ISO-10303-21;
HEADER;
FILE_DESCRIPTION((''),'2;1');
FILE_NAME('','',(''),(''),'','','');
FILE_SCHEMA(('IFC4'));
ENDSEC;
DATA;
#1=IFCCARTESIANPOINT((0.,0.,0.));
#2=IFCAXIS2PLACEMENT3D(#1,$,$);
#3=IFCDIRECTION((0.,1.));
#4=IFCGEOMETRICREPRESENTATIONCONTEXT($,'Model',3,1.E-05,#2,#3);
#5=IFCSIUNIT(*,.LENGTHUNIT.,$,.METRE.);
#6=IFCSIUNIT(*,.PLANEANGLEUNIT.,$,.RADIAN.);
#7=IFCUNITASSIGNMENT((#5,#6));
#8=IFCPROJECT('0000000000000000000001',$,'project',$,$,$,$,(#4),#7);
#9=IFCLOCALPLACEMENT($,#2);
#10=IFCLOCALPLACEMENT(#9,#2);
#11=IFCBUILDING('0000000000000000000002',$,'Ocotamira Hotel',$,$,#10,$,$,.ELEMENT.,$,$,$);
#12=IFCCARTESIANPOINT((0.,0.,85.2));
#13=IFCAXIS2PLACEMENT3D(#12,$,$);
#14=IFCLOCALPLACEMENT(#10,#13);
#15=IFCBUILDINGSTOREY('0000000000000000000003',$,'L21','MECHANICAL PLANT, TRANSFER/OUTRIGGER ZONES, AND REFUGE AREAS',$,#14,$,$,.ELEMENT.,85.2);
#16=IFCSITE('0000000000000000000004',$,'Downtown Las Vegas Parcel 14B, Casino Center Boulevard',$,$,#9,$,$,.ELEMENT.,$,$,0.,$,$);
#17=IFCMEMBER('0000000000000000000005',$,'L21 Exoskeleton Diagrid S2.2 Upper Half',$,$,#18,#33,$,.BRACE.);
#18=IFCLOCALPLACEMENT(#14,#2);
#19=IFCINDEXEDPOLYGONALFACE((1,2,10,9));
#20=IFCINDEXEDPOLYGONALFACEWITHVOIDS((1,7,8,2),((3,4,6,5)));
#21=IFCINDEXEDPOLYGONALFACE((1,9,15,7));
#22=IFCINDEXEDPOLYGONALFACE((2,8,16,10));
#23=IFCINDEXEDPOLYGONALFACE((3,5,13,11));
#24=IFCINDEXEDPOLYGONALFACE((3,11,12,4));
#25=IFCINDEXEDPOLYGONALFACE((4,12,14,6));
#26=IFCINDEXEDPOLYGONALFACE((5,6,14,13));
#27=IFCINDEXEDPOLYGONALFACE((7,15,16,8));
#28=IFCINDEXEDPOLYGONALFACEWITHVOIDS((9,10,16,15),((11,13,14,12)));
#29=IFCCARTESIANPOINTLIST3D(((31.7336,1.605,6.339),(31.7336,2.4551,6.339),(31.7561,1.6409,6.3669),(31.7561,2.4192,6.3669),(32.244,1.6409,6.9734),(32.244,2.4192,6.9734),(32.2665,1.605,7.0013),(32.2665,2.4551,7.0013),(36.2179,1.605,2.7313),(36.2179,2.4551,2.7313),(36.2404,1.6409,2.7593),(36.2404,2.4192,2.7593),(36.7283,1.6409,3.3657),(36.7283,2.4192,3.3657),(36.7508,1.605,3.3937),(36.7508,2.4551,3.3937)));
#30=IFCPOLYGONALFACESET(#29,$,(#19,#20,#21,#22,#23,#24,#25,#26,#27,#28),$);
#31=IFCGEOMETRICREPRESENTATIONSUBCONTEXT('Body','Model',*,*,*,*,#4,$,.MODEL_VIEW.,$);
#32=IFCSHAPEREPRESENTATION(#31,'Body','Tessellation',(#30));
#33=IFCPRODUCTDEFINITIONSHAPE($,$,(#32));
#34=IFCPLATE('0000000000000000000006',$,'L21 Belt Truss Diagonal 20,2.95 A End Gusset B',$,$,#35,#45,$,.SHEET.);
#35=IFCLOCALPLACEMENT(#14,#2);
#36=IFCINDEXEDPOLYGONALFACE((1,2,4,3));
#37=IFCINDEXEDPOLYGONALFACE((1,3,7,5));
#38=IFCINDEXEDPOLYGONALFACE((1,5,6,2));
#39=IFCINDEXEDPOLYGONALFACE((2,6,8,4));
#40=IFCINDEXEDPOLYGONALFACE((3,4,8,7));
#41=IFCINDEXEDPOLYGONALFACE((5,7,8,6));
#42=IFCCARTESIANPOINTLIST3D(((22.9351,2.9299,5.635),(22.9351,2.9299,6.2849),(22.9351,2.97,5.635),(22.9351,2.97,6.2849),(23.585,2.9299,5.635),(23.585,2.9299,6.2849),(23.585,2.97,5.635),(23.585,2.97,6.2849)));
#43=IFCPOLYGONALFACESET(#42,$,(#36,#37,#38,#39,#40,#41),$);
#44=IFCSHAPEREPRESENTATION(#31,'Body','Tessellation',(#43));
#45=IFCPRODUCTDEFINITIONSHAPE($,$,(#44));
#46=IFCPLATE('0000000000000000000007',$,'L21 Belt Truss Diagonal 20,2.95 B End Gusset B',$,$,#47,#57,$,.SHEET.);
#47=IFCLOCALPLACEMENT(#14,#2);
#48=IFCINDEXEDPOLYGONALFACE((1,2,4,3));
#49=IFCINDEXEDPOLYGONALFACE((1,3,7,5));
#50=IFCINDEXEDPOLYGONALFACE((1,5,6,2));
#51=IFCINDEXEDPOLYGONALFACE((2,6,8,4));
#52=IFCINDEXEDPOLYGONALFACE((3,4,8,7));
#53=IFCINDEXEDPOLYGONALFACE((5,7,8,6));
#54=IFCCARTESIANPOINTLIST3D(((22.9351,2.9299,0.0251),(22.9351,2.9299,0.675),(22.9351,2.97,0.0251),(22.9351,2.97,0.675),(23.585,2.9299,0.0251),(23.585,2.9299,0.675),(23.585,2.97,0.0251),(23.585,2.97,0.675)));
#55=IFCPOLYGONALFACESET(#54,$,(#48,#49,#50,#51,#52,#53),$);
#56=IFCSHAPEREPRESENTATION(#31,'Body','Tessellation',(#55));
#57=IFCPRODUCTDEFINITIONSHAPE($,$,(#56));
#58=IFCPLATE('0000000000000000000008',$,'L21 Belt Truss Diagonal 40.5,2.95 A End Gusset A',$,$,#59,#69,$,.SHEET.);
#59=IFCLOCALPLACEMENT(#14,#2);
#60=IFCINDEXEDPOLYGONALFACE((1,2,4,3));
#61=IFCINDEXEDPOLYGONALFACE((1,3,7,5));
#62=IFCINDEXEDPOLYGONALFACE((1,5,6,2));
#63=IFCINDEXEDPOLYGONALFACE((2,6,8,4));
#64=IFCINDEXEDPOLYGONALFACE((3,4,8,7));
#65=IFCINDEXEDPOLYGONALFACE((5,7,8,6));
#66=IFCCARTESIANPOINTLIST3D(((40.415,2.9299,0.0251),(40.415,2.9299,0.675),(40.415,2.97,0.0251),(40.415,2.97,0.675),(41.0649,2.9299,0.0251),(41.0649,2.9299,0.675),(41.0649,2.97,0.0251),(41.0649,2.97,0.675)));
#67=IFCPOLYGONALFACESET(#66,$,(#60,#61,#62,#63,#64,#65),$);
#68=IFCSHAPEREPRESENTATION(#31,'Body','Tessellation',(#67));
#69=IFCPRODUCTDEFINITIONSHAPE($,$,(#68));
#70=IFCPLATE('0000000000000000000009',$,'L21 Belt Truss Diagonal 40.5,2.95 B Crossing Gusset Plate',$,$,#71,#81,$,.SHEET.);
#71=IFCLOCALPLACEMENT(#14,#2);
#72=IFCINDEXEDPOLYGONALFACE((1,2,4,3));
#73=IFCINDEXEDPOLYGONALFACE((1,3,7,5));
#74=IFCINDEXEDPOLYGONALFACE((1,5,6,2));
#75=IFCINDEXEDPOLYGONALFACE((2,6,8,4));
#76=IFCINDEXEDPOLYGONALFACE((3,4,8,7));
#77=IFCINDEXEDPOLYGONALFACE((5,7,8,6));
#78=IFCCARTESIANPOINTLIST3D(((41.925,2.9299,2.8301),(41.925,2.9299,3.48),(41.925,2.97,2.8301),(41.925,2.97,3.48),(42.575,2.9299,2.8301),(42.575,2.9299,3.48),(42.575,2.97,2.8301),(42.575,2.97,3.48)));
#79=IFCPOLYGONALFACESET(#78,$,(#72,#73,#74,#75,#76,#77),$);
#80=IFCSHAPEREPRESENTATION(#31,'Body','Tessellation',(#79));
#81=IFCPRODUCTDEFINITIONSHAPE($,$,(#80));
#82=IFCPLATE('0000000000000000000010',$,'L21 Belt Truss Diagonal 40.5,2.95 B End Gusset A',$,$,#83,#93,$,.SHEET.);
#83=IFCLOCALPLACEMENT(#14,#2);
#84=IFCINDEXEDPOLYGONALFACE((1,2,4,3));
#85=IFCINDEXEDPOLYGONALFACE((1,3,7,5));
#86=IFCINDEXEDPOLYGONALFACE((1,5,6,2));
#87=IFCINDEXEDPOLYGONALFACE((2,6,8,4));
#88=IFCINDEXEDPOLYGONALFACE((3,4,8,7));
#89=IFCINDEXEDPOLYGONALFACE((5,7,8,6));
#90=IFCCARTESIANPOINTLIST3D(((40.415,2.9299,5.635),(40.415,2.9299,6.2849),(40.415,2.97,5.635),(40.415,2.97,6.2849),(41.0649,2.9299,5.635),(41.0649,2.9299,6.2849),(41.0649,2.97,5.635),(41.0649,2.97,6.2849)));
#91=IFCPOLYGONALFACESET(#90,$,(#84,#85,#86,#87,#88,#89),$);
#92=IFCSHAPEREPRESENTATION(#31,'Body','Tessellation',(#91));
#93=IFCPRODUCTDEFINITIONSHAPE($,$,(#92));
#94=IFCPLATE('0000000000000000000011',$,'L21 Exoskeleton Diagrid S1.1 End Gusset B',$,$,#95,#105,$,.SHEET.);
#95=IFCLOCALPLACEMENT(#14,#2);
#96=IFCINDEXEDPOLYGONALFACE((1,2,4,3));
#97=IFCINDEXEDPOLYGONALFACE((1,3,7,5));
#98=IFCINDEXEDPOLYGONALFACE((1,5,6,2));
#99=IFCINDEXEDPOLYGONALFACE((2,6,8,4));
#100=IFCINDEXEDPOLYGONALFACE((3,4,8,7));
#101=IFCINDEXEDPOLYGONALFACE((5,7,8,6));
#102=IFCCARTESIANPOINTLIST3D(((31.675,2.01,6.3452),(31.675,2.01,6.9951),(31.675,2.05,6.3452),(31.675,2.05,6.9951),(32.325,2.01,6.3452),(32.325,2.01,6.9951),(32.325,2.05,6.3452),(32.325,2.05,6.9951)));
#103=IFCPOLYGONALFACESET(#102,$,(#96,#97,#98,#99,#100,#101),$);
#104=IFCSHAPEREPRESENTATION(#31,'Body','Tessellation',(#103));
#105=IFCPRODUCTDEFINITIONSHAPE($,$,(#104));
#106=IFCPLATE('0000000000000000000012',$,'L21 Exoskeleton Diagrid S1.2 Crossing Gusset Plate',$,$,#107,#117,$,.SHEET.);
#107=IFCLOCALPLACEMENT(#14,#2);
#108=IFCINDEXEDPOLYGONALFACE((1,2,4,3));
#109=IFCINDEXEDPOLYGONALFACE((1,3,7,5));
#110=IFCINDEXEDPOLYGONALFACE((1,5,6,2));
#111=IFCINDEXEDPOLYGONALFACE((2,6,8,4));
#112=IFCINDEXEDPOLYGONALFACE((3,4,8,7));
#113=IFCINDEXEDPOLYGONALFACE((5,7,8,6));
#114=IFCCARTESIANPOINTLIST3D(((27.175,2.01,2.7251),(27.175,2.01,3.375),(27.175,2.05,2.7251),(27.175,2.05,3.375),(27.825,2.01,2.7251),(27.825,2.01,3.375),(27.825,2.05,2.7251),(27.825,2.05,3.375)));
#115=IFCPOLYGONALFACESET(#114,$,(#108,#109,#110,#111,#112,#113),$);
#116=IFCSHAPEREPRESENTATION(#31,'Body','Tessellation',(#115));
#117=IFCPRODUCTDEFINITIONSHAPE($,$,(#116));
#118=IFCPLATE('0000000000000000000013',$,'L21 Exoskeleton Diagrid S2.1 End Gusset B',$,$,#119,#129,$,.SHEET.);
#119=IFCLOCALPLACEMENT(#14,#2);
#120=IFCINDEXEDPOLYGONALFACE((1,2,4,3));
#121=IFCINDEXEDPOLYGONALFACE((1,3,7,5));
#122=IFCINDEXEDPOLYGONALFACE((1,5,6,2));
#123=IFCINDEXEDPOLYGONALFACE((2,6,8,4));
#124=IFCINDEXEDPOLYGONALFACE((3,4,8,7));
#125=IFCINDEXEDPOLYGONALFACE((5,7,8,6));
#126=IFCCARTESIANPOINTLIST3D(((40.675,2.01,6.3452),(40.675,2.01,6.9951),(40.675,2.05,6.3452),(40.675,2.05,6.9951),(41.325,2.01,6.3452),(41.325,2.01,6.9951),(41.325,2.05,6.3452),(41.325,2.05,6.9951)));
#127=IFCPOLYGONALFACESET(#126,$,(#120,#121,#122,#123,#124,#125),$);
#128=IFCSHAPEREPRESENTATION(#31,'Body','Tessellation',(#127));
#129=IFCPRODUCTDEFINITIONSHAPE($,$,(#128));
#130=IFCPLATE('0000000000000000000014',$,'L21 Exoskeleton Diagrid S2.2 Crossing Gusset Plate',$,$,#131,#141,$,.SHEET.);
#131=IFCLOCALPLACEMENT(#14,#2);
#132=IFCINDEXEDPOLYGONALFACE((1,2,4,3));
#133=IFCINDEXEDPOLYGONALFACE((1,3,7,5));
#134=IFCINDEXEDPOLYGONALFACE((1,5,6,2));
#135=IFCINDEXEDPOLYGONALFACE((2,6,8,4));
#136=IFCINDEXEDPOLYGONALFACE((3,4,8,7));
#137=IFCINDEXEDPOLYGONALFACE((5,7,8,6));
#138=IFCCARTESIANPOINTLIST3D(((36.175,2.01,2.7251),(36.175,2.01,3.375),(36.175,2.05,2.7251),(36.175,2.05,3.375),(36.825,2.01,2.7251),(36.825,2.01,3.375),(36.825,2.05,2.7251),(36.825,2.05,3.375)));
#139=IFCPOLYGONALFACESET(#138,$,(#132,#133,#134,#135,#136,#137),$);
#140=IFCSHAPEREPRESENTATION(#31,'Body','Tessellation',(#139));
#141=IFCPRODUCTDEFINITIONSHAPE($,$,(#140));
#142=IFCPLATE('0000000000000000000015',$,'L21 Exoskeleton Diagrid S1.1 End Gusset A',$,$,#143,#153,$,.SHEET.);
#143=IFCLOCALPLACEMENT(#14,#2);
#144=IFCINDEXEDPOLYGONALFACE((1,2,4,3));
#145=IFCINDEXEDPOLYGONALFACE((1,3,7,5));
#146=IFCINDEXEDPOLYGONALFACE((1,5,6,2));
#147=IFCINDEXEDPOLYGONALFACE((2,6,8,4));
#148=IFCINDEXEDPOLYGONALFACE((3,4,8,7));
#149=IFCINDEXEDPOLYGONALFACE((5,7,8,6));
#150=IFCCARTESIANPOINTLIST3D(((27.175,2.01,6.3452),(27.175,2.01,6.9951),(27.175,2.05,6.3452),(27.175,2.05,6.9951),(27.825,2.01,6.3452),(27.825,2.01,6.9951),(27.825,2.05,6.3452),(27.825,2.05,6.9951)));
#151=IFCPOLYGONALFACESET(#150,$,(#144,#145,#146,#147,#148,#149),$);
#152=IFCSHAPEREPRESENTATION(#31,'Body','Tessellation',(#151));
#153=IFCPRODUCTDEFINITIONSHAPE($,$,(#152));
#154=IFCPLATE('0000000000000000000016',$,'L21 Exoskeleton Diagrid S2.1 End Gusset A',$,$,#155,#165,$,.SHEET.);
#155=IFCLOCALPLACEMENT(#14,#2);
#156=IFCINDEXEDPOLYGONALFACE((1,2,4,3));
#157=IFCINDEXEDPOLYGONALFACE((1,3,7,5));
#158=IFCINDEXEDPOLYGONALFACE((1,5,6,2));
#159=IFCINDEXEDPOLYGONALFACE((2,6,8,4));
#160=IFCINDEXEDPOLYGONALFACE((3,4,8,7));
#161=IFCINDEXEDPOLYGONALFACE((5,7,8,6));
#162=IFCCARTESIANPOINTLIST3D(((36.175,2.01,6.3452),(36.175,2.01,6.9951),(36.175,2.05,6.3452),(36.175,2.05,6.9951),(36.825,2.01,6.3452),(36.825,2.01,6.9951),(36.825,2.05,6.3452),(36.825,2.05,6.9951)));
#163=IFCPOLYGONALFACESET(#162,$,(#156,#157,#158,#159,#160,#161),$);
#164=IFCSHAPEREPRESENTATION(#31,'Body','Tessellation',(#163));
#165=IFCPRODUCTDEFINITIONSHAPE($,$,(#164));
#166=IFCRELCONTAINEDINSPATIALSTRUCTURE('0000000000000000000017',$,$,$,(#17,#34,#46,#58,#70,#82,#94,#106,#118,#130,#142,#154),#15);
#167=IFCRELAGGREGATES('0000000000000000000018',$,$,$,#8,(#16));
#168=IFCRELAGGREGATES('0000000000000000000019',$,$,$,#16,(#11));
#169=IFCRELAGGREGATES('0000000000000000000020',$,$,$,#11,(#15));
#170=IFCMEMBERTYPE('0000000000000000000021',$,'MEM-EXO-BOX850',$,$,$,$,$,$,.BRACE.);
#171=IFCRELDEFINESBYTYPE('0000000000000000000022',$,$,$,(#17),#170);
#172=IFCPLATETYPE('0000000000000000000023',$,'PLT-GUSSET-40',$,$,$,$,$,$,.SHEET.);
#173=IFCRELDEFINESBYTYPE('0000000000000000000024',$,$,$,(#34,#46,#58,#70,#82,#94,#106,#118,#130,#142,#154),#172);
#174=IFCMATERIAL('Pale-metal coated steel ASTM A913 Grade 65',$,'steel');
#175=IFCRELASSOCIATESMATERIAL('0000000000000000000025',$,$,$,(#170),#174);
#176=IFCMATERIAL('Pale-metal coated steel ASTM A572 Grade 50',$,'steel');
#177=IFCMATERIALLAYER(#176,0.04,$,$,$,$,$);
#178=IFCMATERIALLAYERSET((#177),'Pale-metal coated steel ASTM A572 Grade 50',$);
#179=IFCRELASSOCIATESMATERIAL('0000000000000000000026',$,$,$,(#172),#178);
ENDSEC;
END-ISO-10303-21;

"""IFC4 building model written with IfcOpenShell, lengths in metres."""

from ifc_helpers import new_model, si_unit, direction, frame, origin, origin_2d, place, context, subcontext, project, spatial, rectangle, hollow_rectangle, extrude, source, transform, mapped, material, layer, layer_set, material_profile, profile_set, type_object, element, save


model = new_model("IFC4")

# Units and contexts
model_context = context("Model", 3, precision=1e-05, world=origin(), true_north=direction((0.0, 1.0)))
body_context = subcontext(model_context, "Body", "Model", "MODEL_VIEW")
ifc_project = project(units=[si_unit("LENGTHUNIT", "METRE"), si_unit("PLANEANGLEUNIT", "RADIAN")], contexts=[model_context])

# Site, building, storey
site_placement = place(None, origin())
site = spatial("IfcSite", under=ifc_project, at=site_placement, Name="Downtown Las Vegas Parcel 14B, Casino Center Boulevard", CompositionType="ELEMENT", RefElevation=0.0)
building_placement = place(site_placement, origin())
building = spatial("IfcBuilding", under=site, at=building_placement, Name="Ocotamira Hotel", CompositionType="ELEMENT")
storey_placement = place(building_placement, frame((0.0, 0.0, 85.2)))
storey = spatial("IfcBuildingStorey", under=building, at=storey_placement, Name="L21", Description="MECHANICAL PLANT, TRANSFER/OUTRIGGER ZONES, AND REFUGE AREAS", CompositionType="ELEMENT", Elevation=85.2)

# Member
ifc_material_1 = material(Name="Pale-metal coated steel ASTM A913 Grade 65", Category="steel")
ifc_material_profile_1 = material_profile(ifc_material_1, hollow_rectangle(XDim=0.8501, YDim=0.8501, WallThickness=0.0359, at=origin_2d()), Name="BOX850X850X36")
ifc_profile_set_1 = profile_set([ifc_material_profile_1], Name="Pale-metal coated steel ASTM A913 Grade 65")
member_type_1 = type_object("IfcMemberType", Name="MEM-EXO-BOX850", PredefinedType="BRACE", material=ifc_profile_set_1)
shared_shape_1 = source(origin(), body_context, "Body", "SweptSolid", [
    extrude(hollow_rectangle(XDim=0.8501, YDim=0.8501, WallThickness=0.0359, at=origin_2d()), origin(), (0.0, 0.0, 1.0), 5.7554),
])
for number, where, z_axis, x_axis, name in (
    (1, (36.4844, 2.03, 3.0625), (-0.779157, 0.0, 0.626829), (0.0, -1.0, 0.0), "L21 Exoskeleton Diagrid S2.2 Upper Half"),
):
    element("IfcMember", number, at=place(storey_placement, frame(where, z_axis=z_axis, x_axis=x_axis)), inside=storey, type_object=member_type_1, Name=name, PredefinedType="BRACE", context=body_context, shape_type="MappedRepresentation", body=[
        mapped(shared_shape_1, transform((0.0, 0.0, 0.0), scale=1.0)),
    ])

# Plates
ifc_material_2 = material(Name="Pale-metal coated steel ASTM A572 Grade 50", Category="steel")
ifc_layer = layer(ifc_material_2, 0.04)
ifc_layer_set = layer_set([ifc_layer], Name="Pale-metal coated steel ASTM A572 Grade 50")
plate_type = type_object("IfcPlateType", Name="PLT-GUSSET-40", PredefinedType="SHEET", material=ifc_layer_set)
shared_shape_2 = source(origin(), body_context, "Body", "SweptSolid", [
    extrude(rectangle(XDim=0.6499, YDim=0.04, at=origin_2d()), origin(), (0.0, 0.0, 1.0), 0.6499),
])
for number, where, z_axis, x_axis, name in (
    (2, (23.26, 2.95, 5.635), (0.0, 0.0, 1.0), (1.0, 0.0, 0.0), "L21 Belt Truss Diagonal 20,2.95 A End Gusset B"),
    (3, (23.26, 2.95, 0.0251), (0.0, 0.0, 1.0), (1.0, 0.0, 0.0), "L21 Belt Truss Diagonal 20,2.95 B End Gusset B"),
    (4, (40.74, 2.95, 0.0251), (0.0, 0.0, 1.0), (1.0, 0.0, 0.0), "L21 Belt Truss Diagonal 40.5,2.95 A End Gusset A"),
    (5, (42.25, 2.95, 2.8301), (0.0, 0.0, 1.0), (1.0, 0.0, 0.0), "L21 Belt Truss Diagonal 40.5,2.95 B Crossing Gusset Plate"),
    (6, (40.74, 2.95, 5.635), (0.0, 0.0, 1.0), (1.0, 0.0, 0.0), "L21 Belt Truss Diagonal 40.5,2.95 B End Gusset A"),
    (7, (32.0, 2.03, 6.3452), (0.0, 0.0, 1.0), (1.0, 0.0, 0.0), "L21 Exoskeleton Diagrid S1.1 End Gusset B"),
    (8, (27.5, 2.03, 2.7251), (0.0, 0.0, 1.0), (-1.0, 0.0, 0.0), "L21 Exoskeleton Diagrid S1.2 Crossing Gusset Plate"),
    (9, (41.0, 2.03, 6.3452), (0.0, 0.0, 1.0), (1.0, 0.0, 0.0), "L21 Exoskeleton Diagrid S2.1 End Gusset B"),
    (10, (36.5, 2.03, 2.7251), (0.0, 0.0, 1.0), (-1.0, 0.0, 0.0), "L21 Exoskeleton Diagrid S2.2 Crossing Gusset Plate"),
    (11, (27.5, 2.03, 6.3452), (0.0, 0.0, 1.0), (-1.0, 0.0, 0.0), "L21 Exoskeleton Diagrid S1.1 End Gusset A"),
    (12, (36.5, 2.03, 6.3452), (0.0, 0.0, 1.0), (-1.0, 0.0, 0.0), "L21 Exoskeleton Diagrid S2.1 End Gusset A"),
):
    element("IfcPlate", number, at=place(storey_placement, frame(where, z_axis=z_axis, x_axis=x_axis)), inside=storey, type_object=plate_type, Name=name, PredefinedType="SHEET", context=body_context, shape_type="MappedRepresentation", body=[
        mapped(shared_shape_2, transform((0.0, 0.0, 0.0), scale=1.0)),
    ])

save(model, "model.ifc")
